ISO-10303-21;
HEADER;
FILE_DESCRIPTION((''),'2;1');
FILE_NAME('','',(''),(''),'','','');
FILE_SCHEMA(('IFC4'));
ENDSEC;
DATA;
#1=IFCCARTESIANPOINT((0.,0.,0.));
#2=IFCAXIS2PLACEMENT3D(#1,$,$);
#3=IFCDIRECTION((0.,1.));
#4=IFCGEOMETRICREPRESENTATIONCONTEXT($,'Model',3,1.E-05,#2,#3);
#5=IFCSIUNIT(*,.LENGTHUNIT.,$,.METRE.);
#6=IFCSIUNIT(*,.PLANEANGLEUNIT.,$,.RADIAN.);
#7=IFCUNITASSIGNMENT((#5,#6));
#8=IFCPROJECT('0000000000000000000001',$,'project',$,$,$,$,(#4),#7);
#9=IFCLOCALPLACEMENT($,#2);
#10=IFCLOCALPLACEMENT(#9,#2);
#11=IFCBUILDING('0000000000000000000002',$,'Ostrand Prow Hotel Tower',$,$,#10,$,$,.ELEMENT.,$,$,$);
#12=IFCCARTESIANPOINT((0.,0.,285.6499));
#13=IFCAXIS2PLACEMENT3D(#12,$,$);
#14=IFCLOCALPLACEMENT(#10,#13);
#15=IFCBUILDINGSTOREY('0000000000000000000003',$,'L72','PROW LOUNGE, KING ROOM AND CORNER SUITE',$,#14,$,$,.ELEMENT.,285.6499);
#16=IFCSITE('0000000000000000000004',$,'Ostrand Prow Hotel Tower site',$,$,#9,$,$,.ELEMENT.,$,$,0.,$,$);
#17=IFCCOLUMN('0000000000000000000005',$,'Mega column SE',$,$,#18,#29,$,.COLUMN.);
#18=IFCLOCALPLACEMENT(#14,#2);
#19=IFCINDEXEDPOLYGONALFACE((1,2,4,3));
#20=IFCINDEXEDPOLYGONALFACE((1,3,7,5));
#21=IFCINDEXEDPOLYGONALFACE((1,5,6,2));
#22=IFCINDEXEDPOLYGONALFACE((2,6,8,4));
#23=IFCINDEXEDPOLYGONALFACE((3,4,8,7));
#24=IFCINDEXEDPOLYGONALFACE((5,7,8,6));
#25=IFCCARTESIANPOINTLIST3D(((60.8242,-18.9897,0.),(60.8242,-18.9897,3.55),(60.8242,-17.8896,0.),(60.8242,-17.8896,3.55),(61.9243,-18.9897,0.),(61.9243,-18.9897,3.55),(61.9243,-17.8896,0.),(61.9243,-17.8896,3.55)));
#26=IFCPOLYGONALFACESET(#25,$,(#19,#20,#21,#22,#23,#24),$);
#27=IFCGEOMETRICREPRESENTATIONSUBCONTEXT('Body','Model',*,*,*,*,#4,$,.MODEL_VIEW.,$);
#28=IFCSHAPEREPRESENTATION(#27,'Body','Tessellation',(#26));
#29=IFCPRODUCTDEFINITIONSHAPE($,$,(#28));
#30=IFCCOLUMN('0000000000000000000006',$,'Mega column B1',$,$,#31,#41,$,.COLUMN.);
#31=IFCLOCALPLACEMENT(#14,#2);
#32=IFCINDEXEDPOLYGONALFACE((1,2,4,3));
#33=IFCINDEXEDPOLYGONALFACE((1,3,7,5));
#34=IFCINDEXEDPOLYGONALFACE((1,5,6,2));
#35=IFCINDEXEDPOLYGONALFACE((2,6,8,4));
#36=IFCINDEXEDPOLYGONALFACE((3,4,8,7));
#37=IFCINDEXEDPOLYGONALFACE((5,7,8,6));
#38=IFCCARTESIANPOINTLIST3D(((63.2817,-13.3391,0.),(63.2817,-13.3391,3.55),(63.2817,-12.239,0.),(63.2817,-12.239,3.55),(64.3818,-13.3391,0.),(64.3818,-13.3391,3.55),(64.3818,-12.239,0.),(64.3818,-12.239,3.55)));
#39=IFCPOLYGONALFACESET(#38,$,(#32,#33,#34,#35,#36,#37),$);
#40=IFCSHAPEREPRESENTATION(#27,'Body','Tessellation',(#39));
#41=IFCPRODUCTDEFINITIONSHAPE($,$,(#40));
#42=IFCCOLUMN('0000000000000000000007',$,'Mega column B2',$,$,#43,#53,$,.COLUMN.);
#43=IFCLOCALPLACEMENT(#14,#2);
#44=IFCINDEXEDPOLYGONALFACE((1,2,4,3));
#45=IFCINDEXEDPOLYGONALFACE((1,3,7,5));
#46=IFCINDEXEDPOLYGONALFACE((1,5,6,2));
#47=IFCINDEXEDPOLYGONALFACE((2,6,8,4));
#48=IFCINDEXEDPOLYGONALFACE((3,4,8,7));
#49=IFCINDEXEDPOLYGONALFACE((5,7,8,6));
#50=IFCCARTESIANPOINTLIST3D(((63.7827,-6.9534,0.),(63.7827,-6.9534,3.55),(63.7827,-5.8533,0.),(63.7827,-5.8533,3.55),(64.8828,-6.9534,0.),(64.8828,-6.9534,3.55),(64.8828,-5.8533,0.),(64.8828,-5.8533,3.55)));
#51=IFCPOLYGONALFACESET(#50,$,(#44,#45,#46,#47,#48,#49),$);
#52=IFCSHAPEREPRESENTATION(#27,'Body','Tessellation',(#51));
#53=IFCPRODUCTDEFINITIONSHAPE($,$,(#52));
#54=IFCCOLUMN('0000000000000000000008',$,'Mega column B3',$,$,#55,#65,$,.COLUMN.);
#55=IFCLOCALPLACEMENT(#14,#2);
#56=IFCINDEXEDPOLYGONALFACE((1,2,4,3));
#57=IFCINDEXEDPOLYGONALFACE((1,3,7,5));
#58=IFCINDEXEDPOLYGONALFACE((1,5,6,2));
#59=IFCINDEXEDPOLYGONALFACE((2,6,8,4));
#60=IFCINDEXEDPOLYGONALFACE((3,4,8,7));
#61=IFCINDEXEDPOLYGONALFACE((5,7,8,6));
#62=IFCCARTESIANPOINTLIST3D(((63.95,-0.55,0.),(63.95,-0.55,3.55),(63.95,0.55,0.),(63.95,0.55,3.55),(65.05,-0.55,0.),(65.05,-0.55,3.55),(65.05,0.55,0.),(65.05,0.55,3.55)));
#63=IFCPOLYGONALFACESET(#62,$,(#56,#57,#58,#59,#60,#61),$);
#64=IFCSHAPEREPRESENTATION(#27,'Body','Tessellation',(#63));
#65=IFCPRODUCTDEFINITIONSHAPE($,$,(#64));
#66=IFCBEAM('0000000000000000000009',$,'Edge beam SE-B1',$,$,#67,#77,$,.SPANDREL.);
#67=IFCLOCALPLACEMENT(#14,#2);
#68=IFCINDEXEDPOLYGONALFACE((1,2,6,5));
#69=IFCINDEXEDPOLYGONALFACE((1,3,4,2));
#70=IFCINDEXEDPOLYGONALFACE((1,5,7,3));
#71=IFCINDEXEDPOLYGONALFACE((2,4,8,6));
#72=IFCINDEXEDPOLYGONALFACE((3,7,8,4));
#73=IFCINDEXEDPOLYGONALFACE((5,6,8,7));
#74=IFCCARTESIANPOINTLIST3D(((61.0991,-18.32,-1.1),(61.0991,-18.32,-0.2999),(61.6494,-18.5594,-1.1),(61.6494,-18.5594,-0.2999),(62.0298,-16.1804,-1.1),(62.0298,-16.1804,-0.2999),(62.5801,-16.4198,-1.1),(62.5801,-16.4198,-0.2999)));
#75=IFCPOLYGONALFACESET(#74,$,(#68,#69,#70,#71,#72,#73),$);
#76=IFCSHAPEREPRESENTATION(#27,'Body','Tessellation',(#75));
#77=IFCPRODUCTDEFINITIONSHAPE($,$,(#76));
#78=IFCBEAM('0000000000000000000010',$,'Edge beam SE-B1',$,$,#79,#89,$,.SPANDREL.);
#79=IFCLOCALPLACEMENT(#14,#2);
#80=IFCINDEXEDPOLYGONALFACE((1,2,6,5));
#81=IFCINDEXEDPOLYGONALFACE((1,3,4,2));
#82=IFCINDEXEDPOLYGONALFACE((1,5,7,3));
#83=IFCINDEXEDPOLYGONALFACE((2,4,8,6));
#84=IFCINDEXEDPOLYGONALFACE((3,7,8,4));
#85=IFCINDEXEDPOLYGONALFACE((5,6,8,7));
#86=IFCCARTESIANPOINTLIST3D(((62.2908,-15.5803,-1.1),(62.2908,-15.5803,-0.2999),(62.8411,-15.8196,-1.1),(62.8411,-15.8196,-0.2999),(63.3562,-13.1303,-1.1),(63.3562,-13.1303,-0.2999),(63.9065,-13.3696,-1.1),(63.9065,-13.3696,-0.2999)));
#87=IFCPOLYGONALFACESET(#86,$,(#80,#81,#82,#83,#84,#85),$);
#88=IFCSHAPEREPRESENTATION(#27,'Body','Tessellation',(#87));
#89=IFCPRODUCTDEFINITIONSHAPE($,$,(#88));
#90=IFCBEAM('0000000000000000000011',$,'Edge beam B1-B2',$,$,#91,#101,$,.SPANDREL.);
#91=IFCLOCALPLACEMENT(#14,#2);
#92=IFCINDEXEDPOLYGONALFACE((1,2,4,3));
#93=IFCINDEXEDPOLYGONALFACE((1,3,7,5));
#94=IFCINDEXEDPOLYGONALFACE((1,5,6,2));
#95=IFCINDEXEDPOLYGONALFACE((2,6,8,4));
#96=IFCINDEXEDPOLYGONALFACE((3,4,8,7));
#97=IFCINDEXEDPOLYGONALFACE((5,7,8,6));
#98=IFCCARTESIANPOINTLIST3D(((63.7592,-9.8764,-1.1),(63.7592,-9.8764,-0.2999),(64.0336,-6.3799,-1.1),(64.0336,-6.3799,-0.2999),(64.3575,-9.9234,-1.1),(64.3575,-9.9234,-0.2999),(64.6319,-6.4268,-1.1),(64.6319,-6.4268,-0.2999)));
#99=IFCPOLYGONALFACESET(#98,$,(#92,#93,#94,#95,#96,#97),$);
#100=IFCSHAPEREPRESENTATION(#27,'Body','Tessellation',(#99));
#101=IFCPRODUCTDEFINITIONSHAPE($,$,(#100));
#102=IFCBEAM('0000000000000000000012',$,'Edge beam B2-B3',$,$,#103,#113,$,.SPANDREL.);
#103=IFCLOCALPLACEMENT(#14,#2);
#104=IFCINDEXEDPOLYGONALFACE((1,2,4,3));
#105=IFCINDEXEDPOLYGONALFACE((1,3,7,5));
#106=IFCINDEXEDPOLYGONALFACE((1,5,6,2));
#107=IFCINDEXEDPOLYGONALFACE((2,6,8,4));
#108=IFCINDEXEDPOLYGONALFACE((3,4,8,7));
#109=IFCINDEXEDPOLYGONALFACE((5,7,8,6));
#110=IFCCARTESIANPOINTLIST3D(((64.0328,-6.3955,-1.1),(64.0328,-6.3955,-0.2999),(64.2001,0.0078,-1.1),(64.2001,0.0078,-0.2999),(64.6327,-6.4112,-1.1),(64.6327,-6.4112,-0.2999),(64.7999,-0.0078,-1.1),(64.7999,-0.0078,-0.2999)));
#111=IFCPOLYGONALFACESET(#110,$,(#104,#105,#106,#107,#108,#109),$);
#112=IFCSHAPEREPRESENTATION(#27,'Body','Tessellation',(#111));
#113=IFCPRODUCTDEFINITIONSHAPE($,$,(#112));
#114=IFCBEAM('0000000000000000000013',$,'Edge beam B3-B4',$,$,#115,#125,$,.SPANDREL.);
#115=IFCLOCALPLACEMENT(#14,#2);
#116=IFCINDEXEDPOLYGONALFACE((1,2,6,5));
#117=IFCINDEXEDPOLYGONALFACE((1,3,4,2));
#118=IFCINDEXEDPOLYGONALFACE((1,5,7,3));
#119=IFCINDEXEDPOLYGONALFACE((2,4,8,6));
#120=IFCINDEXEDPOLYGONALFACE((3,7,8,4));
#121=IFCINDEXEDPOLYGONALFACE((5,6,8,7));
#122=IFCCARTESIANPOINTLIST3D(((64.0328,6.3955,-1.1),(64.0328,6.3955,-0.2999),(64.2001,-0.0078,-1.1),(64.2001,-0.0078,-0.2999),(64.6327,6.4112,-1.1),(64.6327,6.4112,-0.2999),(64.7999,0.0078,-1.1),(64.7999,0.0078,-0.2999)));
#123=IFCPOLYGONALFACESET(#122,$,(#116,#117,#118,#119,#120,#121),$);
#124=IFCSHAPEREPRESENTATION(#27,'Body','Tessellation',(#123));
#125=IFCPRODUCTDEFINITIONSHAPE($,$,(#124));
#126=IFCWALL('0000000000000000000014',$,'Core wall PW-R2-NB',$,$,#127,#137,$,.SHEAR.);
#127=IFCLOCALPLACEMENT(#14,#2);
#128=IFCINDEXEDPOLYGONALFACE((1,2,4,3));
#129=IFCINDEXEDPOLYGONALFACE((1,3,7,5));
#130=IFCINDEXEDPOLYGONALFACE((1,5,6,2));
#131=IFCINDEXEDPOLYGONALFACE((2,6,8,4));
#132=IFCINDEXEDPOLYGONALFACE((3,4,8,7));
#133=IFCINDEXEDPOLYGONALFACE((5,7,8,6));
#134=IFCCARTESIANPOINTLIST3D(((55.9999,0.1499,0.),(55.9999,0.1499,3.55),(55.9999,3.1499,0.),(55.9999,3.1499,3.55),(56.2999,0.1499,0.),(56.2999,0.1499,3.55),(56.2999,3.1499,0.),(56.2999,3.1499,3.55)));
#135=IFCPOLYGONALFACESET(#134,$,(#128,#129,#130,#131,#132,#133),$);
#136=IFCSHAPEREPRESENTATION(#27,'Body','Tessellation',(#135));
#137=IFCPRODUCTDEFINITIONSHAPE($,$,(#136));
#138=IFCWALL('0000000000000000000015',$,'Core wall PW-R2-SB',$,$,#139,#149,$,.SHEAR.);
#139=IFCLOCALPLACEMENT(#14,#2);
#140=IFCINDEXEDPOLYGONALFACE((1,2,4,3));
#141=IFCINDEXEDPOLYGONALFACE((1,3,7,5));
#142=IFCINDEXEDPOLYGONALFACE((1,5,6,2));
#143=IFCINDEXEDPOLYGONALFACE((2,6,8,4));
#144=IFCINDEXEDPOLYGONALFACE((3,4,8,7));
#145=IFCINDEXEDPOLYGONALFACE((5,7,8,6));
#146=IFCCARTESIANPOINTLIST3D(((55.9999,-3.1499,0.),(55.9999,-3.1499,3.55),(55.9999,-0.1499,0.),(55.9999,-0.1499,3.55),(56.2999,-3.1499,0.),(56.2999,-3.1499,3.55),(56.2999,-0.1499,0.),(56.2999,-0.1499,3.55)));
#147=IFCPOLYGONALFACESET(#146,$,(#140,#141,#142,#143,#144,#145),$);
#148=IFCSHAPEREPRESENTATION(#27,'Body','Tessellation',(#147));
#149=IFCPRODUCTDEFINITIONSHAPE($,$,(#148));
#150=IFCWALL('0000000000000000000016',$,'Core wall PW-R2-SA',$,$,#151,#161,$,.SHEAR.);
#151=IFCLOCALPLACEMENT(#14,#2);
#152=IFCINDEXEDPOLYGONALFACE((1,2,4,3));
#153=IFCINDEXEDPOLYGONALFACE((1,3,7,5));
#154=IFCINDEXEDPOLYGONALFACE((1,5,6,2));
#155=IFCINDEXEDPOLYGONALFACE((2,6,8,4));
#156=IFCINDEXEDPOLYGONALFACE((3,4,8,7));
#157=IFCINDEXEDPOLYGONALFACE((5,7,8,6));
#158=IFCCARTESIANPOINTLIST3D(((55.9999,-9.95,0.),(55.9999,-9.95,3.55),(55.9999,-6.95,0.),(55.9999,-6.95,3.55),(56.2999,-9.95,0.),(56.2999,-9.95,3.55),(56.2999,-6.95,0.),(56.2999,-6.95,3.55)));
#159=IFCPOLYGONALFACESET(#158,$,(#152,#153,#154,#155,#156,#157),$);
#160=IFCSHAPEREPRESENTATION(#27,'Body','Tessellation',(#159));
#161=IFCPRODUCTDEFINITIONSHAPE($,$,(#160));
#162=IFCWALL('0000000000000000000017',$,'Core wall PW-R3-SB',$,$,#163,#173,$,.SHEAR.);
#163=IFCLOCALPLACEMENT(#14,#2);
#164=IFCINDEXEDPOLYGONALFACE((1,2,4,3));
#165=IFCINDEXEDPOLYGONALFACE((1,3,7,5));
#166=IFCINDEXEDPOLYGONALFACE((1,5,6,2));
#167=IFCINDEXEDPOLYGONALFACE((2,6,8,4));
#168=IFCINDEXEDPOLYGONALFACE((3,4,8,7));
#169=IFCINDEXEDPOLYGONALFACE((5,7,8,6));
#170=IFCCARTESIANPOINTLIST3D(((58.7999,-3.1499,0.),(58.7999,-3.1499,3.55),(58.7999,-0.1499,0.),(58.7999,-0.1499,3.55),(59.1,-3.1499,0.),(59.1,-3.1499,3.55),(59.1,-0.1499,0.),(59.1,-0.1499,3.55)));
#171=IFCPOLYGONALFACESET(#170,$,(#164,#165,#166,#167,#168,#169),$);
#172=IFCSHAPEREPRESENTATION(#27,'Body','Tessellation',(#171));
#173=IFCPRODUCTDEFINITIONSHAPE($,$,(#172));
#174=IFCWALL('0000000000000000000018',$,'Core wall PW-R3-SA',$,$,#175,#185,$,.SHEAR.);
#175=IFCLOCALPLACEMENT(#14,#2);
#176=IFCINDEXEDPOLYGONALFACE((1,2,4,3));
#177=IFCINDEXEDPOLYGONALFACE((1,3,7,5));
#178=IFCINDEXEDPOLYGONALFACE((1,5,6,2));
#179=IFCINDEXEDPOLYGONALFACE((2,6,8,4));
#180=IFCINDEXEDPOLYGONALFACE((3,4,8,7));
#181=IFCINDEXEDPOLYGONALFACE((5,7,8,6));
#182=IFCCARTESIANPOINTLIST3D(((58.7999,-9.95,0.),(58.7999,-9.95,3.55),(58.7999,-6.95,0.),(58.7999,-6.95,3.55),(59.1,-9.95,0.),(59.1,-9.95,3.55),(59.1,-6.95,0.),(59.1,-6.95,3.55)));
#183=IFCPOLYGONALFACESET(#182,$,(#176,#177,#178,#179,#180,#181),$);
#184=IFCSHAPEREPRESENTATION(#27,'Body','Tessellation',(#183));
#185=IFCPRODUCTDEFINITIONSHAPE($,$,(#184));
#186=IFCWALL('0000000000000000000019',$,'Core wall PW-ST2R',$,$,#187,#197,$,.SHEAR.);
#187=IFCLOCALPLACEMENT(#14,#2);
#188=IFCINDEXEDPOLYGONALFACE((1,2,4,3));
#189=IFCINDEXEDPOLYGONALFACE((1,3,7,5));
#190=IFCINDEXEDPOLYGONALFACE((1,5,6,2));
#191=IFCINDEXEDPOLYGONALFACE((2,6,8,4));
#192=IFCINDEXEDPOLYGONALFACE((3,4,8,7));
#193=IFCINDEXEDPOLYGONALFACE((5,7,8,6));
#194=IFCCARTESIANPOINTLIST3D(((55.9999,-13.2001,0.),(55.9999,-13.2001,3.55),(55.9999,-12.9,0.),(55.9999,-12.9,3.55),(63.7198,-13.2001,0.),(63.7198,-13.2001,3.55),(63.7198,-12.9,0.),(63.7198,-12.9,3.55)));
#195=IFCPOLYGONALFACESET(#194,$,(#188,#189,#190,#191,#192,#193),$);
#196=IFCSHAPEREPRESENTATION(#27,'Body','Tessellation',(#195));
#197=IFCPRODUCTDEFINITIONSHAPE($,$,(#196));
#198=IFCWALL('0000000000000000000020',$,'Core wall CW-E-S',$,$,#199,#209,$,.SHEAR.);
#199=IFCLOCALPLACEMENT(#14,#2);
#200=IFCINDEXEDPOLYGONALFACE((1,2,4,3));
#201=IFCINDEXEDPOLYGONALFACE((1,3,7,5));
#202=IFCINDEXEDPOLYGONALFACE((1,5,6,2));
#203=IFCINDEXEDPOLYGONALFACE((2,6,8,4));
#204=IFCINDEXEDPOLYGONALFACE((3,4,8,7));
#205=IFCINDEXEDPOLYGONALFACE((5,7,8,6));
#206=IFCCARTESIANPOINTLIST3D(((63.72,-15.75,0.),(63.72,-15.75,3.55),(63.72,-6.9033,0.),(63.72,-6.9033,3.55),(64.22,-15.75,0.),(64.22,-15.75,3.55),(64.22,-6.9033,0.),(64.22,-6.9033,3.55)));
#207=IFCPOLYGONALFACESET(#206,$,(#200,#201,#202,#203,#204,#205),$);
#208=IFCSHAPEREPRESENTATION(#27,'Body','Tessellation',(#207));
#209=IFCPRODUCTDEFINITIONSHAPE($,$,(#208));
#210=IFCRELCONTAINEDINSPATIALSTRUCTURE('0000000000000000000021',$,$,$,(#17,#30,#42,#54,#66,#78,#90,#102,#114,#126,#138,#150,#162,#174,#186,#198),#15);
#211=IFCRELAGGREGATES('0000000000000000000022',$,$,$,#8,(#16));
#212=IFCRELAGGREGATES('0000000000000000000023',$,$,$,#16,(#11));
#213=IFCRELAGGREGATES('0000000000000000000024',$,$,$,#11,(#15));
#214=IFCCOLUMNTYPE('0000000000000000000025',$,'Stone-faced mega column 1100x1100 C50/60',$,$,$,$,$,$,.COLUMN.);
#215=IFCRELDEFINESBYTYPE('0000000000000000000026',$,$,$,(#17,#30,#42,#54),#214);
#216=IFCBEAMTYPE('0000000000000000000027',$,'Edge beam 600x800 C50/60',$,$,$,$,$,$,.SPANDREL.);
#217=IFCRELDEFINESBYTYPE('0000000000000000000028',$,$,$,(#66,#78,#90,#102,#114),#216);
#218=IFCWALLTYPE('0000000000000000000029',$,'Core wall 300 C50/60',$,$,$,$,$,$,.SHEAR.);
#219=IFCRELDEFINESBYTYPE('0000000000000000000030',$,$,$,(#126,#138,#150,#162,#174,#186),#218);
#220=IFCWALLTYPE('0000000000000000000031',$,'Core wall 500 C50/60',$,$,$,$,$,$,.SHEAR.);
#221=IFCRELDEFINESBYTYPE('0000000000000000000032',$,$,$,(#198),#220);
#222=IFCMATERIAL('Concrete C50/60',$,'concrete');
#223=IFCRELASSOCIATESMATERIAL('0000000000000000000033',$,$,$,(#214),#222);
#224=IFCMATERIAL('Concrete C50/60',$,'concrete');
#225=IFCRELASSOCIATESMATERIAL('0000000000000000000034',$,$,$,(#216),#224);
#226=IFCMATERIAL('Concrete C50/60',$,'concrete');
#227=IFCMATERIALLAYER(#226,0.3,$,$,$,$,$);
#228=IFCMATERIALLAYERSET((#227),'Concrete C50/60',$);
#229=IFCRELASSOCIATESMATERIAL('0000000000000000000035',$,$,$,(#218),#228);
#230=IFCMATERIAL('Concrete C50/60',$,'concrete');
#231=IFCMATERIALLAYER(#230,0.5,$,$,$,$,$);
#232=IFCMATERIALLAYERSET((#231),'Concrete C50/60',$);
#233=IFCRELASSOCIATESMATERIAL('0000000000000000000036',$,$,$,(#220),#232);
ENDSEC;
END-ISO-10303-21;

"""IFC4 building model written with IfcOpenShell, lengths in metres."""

from ifc_helpers import new_model, si_unit, direction, frame, frame_2d, origin, origin_2d, place, context, subcontext, project, spatial, rectangle, extrude, material, layer, layer_set, material_profile, profile_set, type_object, element, save


model = new_model("IFC4")

# Units and contexts
model_context = context("Model", 3, precision=1e-05, world=origin(), true_north=direction((0.0, 1.0)))
body_context = subcontext(model_context, "Body", "Model", "MODEL_VIEW")
ifc_project = project(units=[si_unit("LENGTHUNIT", "METRE"), si_unit("PLANEANGLEUNIT", "RADIAN")], contexts=[model_context])

# Site, building, storey
site_placement = place(None, origin())
site = spatial("IfcSite", under=ifc_project, at=site_placement, Name="Ostrand Prow Hotel Tower site", CompositionType="ELEMENT", RefElevation=0.0)
building_placement = place(site_placement, origin())
building = spatial("IfcBuilding", under=site, at=building_placement, Name="Ostrand Prow Hotel Tower", CompositionType="ELEMENT")
storey_placement = place(building_placement, frame((0.0, 0.0, 285.6499)))
storey = spatial("IfcBuildingStorey", under=building, at=storey_placement, Name="L72", Description="PROW LOUNGE, KING ROOM AND CORNER SUITE", CompositionType="ELEMENT", Elevation=285.6499)

# Columns
ifc_material_1 = material(Name="Concrete C50/60", Category="concrete")
ifc_material_profile_1 = material_profile(ifc_material_1, rectangle(XDim=1.1001, YDim=1.1001, at=origin_2d()), Name="RC 1100x1100")
ifc_profile_set_1 = profile_set([ifc_material_profile_1], Name="Concrete C50/60")
column_type = type_object("IfcColumnType", Name="Stone-faced mega column 1100x1100 C50/60", PredefinedType="COLUMN", material=ifc_profile_set_1)
for number, where, z_axis, x_axis, name in (
    (1, (61.3743, -18.4397, 0.0), (0.0, 0.0, 1.0), (1.0, 0.0, 0.0), "Mega column SE"),
    (2, (63.8318, -12.7891, 0.0), (0.0, 0.0, 1.0), (1.0, 0.0, 0.0), "Mega column B1"),
    (3, (64.3328, -6.4033, 0.0), (0.0, 0.0, 1.0), (1.0, 0.0, 0.0), "Mega column B2"),
    (4, (64.5, 0.0, 0.0), (0.0, 0.0, 1.0), (1.0, 0.0, 0.0), "Mega column B3"),
):
    element("IfcColumn", number, at=place(storey_placement, frame(where, z_axis=z_axis, x_axis=x_axis)), inside=storey, type_object=column_type, Name=name, PredefinedType="COLUMN", context=body_context, shape_type="SweptSolid", body=[
        extrude(rectangle(XDim=1.1001, YDim=1.1001, at=origin_2d()), origin(), (0.0, 0.0, 1.0), 3.55),
    ])

# Beams
ifc_material_2 = material(Name="Concrete C50/60", Category="concrete")
ifc_material_profile_2 = material_profile(ifc_material_2, rectangle(XDim=0.6001, YDim=0.8, at=origin_2d()), Name="RC 600x800")
ifc_profile_set_2 = profile_set([ifc_material_profile_2], Name="Concrete C50/60")
beam_type = type_object("IfcBeamType", Name="Edge beam 600x800 C50/60", PredefinedType="SPANDREL", material=ifc_profile_set_2)
beam_1_placement = place(storey_placement, frame((61.3743, -18.4397, -0.7), z_axis=(0.398864, 0.91701, 0.0), x_axis=(-0.91701, 0.398864, 0.0)))
element("IfcBeam", 5, at=beam_1_placement, inside=storey, type_object=beam_type, Name="Edge beam SE-B1", PredefinedType="SPANDREL", context=body_context, shape_type="SweptSolid", body=[
    extrude(rectangle(XDim=0.6001, YDim=0.8, at=origin_2d()), origin(), (0.0, 0.0, 1.0), 2.3333),
])
beam_2_placement = place(storey_placement, frame((62.5659, -15.7, -0.7), z_axis=(0.3988, 0.917038, 0.0), x_axis=(-0.917038, 0.3988, 0.0)))
element("IfcBeam", 6, at=beam_2_placement, inside=storey, type_object=beam_type, Name="Edge beam SE-B1", PredefinedType="SPANDREL", context=body_context, shape_type="SweptSolid", body=[
    extrude(rectangle(XDim=0.6001, YDim=0.8, at=origin_2d()), origin(), (0.0, 0.0, 1.0), 2.6716),
])
beam_3_placement = place(storey_placement, frame((64.0583, -9.8999, -0.7), z_axis=(0.07824, 0.996935, 0.0), x_axis=(-0.996935, 0.07824, 0.0)))
element("IfcBeam", 7, at=beam_3_placement, inside=storey, type_object=beam_type, Name="Edge beam B1-B2", PredefinedType="SPANDREL", context=body_context, shape_type="SweptSolid", body=[
    extrude(rectangle(XDim=0.6001, YDim=0.8, at=origin_2d()), origin(), (0.0, 0.0, 1.0), 3.5073),
])
for number, where, z_axis, x_axis, name in (
    (8, (64.3328, -6.4033, -0.7), (0.026108, 0.999659, 0.0), (-0.999659, 0.026108, 0.0), "Edge beam B2-B3"),
    (9, (64.5, 0.0, -0.7), (-0.026108, 0.999659, 0.0), (-0.999659, -0.026108, 0.0), "Edge beam B3-B4"),
):
    element("IfcBeam", number, at=place(storey_placement, frame(where, z_axis=z_axis, x_axis=x_axis)), inside=storey, type_object=beam_type, Name=name, PredefinedType="SPANDREL", context=body_context, shape_type="SweptSolid", body=[
        extrude(rectangle(XDim=0.6001, YDim=0.8, at=origin_2d()), origin(), (0.0, 0.0, 1.0), 6.4055),
    ])

# Walls
ifc_material_3 = material(Name="Concrete C50/60", Category="concrete")
ifc_layer_1 = layer(ifc_material_3, 0.3)
ifc_layer_set_1 = layer_set([ifc_layer_1], Name="Concrete C50/60")
wall_type_1 = type_object("IfcWallType", Name="Core wall 300 C50/60", PredefinedType="SHEAR", material=ifc_layer_set_1)
for number, where, z_axis, x_axis, name in (
    (10, (56.1499, 0.1499, 0.0), (0.0, 0.0, 1.0), (0.0, 1.0, 0.0), "Core wall PW-R2-NB"),
    (11, (56.1499, -3.1499, 0.0), (0.0, 0.0, 1.0), (0.0, 1.0, 0.0), "Core wall PW-R2-SB"),
    (12, (56.1499, -9.95, 0.0), (0.0, 0.0, 1.0), (0.0, 1.0, 0.0), "Core wall PW-R2-SA"),
    (13, (58.95, -3.1499, 0.0), (0.0, 0.0, 1.0), (0.0, 1.0, 0.0), "Core wall PW-R3-SB"),
    (14, (58.95, -9.95, 0.0), (0.0, 0.0, 1.0), (0.0, 1.0, 0.0), "Core wall PW-R3-SA"),
):
    element("IfcWall", number, at=place(storey_placement, frame(where, z_axis=z_axis, x_axis=x_axis)), inside=storey, type_object=wall_type_1, Name=name, PredefinedType="SHEAR", context=body_context, shape_type="SweptSolid", body=[
        extrude(rectangle(XDim=3.0, YDim=0.3, at=frame_2d((1.5, 0.0))), origin(), (0.0, 0.0, 1.0), 3.55),
    ])
wall_1_placement = place(storey_placement, frame((56.0, -13.05, 0.0), z_axis=(0.0, 0.0, 1.0), x_axis=(1.0, 0.0, 0.0)))
element("IfcWall", 15, at=wall_1_placement, inside=storey, type_object=wall_type_1, Name="Core wall PW-ST2R", PredefinedType="SHEAR", context=body_context, shape_type="SweptSolid", body=[
    extrude(rectangle(XDim=7.72, YDim=0.3, at=frame_2d((3.8599, 0.0))), origin(), (0.0, 0.0, 1.0), 3.55),
])
ifc_material_4 = material(Name="Concrete C50/60", Category="concrete")
ifc_layer_2 = layer(ifc_material_4, 0.5)
ifc_layer_set_2 = layer_set([ifc_layer_2], Name="Concrete C50/60")
wall_type_2 = type_object("IfcWallType", Name="Core wall 500 C50/60", PredefinedType="SHEAR", material=ifc_layer_set_2)
wall_2_placement = place(storey_placement, frame((63.97, -15.75, 0.0), z_axis=(0.0, 0.0, 1.0), x_axis=(0.0, 1.0, 0.0)))
element("IfcWall", 16, at=wall_2_placement, inside=storey, type_object=wall_type_2, Name="Core wall CW-E-S", PredefinedType="SHEAR", context=body_context, shape_type="SweptSolid", body=[
    extrude(rectangle(XDim=8.8467, YDim=0.5, at=frame_2d((4.4233, 0.0))), origin(), (0.0, 0.0, 1.0), 3.55),
])

save(model, "model.ifc")
